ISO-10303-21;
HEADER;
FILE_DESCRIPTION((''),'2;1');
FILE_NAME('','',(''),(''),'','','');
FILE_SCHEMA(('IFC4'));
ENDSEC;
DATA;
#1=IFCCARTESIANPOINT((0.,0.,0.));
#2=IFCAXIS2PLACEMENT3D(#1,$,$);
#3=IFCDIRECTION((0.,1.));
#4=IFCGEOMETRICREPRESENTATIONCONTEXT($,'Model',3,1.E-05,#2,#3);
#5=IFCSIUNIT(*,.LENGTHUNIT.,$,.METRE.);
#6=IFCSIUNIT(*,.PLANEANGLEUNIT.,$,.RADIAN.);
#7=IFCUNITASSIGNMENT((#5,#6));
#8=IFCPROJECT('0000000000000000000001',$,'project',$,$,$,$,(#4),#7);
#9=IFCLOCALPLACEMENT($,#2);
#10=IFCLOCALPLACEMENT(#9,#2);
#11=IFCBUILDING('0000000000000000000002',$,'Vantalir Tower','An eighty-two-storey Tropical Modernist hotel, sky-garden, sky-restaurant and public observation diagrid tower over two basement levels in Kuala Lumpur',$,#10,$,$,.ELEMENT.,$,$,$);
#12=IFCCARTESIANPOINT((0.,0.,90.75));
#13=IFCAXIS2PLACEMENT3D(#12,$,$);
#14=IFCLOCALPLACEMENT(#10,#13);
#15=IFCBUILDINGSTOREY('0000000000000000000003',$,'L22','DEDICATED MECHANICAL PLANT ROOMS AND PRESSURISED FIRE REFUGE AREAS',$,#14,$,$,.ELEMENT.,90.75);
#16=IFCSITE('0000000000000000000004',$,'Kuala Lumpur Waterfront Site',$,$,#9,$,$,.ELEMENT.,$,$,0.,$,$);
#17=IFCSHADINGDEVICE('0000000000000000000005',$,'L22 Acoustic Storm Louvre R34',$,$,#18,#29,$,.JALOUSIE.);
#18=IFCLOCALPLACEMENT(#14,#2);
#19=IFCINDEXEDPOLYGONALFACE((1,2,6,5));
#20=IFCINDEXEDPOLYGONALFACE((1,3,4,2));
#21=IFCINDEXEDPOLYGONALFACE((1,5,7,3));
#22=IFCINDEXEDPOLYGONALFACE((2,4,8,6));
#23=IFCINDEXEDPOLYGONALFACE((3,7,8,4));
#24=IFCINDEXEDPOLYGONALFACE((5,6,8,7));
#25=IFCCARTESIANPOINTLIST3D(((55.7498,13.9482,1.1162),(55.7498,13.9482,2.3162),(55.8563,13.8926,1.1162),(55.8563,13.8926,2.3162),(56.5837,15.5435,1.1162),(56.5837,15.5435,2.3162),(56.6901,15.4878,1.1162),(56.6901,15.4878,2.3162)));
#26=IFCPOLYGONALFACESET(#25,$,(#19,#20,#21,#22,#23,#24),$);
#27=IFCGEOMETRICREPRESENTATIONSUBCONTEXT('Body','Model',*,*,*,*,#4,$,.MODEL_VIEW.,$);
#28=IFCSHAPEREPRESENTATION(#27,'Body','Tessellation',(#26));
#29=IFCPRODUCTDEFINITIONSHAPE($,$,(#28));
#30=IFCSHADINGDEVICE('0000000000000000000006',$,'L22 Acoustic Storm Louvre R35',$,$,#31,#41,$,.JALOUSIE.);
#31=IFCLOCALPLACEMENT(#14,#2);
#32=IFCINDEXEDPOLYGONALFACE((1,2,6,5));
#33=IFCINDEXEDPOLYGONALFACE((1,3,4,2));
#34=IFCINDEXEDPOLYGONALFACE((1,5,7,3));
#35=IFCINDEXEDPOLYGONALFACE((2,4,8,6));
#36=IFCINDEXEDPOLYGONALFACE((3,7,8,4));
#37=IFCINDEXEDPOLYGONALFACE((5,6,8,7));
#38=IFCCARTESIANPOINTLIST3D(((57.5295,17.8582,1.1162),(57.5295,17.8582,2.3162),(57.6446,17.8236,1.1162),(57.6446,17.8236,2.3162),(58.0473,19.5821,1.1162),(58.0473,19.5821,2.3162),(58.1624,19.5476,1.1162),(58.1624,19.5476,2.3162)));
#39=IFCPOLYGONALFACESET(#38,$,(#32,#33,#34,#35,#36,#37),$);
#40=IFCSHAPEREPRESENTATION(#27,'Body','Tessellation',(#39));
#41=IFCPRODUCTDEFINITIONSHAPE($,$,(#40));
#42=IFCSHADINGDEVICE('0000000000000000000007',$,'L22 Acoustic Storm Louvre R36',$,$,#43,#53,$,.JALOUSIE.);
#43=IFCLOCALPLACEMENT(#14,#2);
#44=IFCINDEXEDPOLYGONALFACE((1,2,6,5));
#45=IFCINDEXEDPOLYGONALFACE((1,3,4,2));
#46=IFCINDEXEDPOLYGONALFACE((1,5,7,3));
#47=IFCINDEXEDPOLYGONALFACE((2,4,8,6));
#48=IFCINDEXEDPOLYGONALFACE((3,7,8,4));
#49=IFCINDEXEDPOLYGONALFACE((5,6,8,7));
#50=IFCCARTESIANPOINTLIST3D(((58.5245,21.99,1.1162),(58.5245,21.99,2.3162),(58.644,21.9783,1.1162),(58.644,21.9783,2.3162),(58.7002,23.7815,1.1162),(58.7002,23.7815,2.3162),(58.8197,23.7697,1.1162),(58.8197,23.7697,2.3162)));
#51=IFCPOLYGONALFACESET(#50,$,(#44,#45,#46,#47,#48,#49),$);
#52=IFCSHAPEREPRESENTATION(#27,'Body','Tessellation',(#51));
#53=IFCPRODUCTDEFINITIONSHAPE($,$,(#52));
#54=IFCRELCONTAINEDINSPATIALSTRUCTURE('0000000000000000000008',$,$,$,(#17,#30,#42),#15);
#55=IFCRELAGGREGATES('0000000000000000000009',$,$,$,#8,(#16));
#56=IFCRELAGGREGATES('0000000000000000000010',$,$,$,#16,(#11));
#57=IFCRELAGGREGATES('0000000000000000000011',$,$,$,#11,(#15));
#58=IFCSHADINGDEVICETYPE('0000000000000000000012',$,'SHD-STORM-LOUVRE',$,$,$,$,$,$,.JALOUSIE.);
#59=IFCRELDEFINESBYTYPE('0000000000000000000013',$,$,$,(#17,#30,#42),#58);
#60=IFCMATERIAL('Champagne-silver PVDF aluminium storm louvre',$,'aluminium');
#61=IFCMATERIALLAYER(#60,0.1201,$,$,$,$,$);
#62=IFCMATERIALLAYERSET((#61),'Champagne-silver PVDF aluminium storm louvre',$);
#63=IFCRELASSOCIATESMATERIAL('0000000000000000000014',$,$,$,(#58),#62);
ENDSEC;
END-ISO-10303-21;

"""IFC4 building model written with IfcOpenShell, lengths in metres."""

from ifc_helpers import new_model, si_unit, direction, frame, origin, origin_2d, place, context, subcontext, project, spatial, rectangle, extrude, material, layer, layer_set, type_object, element, save


model = new_model("IFC4")

# Units and contexts
model_context = context("Model", 3, precision=1e-05, world=origin(), true_north=direction((0.0, 1.0)))
body_context = subcontext(model_context, "Body", "Model", "MODEL_VIEW")
ifc_project = project(units=[si_unit("LENGTHUNIT", "METRE"), si_unit("PLANEANGLEUNIT", "RADIAN")], contexts=[model_context])

# Site, building, storey
site_placement = place(None, origin())
site = spatial("IfcSite", under=ifc_project, at=site_placement, Name="Kuala Lumpur Waterfront Site", CompositionType="ELEMENT", RefElevation=0.0)
building_placement = place(site_placement, origin())
building = spatial("IfcBuilding", under=site, at=building_placement, Name="Vantalir Tower", Description="An eighty-two-storey Tropical Modernist hotel, sky-garden, sky-restaurant and public observation diagrid tower over two basement levels in Kuala Lumpur", CompositionType="ELEMENT")
storey_placement = place(building_placement, frame((0.0, 0.0, 90.75)))
storey = spatial("IfcBuildingStorey", under=building, at=storey_placement, Name="L22", Description="DEDICATED MECHANICAL PLANT ROOMS AND PRESSURISED FIRE REFUGE AREAS", CompositionType="ELEMENT", Elevation=90.75)

# Shading devices
ifc_material_1 = material(Name="Champagne-silver PVDF aluminium storm louvre", Category="aluminium")
ifc_layer_1 = layer(ifc_material_1, 0.1201)
ifc_layer_set_1 = layer_set([ifc_layer_1], Name="Champagne-silver PVDF aluminium storm louvre")
shading_device_type = type_object("IfcShadingDeviceType", Name="SHD-STORM-LOUVRE", PredefinedType="JALOUSIE", material=ifc_layer_set_1)
for number, where, z_axis, x_axis, name in (
    (1, (56.22, 14.718, 1.1162), (0.0, 0.0, 1.0), (0.463219, 0.886244, 0.0), "L22 Acoustic Storm Louvre R34"),
    (2, (57.8459, 18.7029, 1.1162), (0.0, 0.0, 1.0), (0.287645, 0.957737, 0.0), "L22 Acoustic Storm Louvre R35"),
    (3, (58.6721, 22.8799, 1.1162), (0.0, 0.0, 1.0), (0.097618, 0.995224, 0.0), "L22 Acoustic Storm Louvre R36"),
):
    element("IfcShadingDevice", number, at=place(storey_placement, frame(where, z_axis=z_axis, x_axis=x_axis)), inside=storey, type_object=shading_device_type, Name=name, PredefinedType="JALOUSIE", context=body_context, shape_type="SweptSolid", body=[
        extrude(rectangle(XDim=1.8, YDim=0.1201, at=origin_2d()), origin(), (0.0, 0.0, 1.0), 1.2),
    ])

save(model, "model.ifc")
